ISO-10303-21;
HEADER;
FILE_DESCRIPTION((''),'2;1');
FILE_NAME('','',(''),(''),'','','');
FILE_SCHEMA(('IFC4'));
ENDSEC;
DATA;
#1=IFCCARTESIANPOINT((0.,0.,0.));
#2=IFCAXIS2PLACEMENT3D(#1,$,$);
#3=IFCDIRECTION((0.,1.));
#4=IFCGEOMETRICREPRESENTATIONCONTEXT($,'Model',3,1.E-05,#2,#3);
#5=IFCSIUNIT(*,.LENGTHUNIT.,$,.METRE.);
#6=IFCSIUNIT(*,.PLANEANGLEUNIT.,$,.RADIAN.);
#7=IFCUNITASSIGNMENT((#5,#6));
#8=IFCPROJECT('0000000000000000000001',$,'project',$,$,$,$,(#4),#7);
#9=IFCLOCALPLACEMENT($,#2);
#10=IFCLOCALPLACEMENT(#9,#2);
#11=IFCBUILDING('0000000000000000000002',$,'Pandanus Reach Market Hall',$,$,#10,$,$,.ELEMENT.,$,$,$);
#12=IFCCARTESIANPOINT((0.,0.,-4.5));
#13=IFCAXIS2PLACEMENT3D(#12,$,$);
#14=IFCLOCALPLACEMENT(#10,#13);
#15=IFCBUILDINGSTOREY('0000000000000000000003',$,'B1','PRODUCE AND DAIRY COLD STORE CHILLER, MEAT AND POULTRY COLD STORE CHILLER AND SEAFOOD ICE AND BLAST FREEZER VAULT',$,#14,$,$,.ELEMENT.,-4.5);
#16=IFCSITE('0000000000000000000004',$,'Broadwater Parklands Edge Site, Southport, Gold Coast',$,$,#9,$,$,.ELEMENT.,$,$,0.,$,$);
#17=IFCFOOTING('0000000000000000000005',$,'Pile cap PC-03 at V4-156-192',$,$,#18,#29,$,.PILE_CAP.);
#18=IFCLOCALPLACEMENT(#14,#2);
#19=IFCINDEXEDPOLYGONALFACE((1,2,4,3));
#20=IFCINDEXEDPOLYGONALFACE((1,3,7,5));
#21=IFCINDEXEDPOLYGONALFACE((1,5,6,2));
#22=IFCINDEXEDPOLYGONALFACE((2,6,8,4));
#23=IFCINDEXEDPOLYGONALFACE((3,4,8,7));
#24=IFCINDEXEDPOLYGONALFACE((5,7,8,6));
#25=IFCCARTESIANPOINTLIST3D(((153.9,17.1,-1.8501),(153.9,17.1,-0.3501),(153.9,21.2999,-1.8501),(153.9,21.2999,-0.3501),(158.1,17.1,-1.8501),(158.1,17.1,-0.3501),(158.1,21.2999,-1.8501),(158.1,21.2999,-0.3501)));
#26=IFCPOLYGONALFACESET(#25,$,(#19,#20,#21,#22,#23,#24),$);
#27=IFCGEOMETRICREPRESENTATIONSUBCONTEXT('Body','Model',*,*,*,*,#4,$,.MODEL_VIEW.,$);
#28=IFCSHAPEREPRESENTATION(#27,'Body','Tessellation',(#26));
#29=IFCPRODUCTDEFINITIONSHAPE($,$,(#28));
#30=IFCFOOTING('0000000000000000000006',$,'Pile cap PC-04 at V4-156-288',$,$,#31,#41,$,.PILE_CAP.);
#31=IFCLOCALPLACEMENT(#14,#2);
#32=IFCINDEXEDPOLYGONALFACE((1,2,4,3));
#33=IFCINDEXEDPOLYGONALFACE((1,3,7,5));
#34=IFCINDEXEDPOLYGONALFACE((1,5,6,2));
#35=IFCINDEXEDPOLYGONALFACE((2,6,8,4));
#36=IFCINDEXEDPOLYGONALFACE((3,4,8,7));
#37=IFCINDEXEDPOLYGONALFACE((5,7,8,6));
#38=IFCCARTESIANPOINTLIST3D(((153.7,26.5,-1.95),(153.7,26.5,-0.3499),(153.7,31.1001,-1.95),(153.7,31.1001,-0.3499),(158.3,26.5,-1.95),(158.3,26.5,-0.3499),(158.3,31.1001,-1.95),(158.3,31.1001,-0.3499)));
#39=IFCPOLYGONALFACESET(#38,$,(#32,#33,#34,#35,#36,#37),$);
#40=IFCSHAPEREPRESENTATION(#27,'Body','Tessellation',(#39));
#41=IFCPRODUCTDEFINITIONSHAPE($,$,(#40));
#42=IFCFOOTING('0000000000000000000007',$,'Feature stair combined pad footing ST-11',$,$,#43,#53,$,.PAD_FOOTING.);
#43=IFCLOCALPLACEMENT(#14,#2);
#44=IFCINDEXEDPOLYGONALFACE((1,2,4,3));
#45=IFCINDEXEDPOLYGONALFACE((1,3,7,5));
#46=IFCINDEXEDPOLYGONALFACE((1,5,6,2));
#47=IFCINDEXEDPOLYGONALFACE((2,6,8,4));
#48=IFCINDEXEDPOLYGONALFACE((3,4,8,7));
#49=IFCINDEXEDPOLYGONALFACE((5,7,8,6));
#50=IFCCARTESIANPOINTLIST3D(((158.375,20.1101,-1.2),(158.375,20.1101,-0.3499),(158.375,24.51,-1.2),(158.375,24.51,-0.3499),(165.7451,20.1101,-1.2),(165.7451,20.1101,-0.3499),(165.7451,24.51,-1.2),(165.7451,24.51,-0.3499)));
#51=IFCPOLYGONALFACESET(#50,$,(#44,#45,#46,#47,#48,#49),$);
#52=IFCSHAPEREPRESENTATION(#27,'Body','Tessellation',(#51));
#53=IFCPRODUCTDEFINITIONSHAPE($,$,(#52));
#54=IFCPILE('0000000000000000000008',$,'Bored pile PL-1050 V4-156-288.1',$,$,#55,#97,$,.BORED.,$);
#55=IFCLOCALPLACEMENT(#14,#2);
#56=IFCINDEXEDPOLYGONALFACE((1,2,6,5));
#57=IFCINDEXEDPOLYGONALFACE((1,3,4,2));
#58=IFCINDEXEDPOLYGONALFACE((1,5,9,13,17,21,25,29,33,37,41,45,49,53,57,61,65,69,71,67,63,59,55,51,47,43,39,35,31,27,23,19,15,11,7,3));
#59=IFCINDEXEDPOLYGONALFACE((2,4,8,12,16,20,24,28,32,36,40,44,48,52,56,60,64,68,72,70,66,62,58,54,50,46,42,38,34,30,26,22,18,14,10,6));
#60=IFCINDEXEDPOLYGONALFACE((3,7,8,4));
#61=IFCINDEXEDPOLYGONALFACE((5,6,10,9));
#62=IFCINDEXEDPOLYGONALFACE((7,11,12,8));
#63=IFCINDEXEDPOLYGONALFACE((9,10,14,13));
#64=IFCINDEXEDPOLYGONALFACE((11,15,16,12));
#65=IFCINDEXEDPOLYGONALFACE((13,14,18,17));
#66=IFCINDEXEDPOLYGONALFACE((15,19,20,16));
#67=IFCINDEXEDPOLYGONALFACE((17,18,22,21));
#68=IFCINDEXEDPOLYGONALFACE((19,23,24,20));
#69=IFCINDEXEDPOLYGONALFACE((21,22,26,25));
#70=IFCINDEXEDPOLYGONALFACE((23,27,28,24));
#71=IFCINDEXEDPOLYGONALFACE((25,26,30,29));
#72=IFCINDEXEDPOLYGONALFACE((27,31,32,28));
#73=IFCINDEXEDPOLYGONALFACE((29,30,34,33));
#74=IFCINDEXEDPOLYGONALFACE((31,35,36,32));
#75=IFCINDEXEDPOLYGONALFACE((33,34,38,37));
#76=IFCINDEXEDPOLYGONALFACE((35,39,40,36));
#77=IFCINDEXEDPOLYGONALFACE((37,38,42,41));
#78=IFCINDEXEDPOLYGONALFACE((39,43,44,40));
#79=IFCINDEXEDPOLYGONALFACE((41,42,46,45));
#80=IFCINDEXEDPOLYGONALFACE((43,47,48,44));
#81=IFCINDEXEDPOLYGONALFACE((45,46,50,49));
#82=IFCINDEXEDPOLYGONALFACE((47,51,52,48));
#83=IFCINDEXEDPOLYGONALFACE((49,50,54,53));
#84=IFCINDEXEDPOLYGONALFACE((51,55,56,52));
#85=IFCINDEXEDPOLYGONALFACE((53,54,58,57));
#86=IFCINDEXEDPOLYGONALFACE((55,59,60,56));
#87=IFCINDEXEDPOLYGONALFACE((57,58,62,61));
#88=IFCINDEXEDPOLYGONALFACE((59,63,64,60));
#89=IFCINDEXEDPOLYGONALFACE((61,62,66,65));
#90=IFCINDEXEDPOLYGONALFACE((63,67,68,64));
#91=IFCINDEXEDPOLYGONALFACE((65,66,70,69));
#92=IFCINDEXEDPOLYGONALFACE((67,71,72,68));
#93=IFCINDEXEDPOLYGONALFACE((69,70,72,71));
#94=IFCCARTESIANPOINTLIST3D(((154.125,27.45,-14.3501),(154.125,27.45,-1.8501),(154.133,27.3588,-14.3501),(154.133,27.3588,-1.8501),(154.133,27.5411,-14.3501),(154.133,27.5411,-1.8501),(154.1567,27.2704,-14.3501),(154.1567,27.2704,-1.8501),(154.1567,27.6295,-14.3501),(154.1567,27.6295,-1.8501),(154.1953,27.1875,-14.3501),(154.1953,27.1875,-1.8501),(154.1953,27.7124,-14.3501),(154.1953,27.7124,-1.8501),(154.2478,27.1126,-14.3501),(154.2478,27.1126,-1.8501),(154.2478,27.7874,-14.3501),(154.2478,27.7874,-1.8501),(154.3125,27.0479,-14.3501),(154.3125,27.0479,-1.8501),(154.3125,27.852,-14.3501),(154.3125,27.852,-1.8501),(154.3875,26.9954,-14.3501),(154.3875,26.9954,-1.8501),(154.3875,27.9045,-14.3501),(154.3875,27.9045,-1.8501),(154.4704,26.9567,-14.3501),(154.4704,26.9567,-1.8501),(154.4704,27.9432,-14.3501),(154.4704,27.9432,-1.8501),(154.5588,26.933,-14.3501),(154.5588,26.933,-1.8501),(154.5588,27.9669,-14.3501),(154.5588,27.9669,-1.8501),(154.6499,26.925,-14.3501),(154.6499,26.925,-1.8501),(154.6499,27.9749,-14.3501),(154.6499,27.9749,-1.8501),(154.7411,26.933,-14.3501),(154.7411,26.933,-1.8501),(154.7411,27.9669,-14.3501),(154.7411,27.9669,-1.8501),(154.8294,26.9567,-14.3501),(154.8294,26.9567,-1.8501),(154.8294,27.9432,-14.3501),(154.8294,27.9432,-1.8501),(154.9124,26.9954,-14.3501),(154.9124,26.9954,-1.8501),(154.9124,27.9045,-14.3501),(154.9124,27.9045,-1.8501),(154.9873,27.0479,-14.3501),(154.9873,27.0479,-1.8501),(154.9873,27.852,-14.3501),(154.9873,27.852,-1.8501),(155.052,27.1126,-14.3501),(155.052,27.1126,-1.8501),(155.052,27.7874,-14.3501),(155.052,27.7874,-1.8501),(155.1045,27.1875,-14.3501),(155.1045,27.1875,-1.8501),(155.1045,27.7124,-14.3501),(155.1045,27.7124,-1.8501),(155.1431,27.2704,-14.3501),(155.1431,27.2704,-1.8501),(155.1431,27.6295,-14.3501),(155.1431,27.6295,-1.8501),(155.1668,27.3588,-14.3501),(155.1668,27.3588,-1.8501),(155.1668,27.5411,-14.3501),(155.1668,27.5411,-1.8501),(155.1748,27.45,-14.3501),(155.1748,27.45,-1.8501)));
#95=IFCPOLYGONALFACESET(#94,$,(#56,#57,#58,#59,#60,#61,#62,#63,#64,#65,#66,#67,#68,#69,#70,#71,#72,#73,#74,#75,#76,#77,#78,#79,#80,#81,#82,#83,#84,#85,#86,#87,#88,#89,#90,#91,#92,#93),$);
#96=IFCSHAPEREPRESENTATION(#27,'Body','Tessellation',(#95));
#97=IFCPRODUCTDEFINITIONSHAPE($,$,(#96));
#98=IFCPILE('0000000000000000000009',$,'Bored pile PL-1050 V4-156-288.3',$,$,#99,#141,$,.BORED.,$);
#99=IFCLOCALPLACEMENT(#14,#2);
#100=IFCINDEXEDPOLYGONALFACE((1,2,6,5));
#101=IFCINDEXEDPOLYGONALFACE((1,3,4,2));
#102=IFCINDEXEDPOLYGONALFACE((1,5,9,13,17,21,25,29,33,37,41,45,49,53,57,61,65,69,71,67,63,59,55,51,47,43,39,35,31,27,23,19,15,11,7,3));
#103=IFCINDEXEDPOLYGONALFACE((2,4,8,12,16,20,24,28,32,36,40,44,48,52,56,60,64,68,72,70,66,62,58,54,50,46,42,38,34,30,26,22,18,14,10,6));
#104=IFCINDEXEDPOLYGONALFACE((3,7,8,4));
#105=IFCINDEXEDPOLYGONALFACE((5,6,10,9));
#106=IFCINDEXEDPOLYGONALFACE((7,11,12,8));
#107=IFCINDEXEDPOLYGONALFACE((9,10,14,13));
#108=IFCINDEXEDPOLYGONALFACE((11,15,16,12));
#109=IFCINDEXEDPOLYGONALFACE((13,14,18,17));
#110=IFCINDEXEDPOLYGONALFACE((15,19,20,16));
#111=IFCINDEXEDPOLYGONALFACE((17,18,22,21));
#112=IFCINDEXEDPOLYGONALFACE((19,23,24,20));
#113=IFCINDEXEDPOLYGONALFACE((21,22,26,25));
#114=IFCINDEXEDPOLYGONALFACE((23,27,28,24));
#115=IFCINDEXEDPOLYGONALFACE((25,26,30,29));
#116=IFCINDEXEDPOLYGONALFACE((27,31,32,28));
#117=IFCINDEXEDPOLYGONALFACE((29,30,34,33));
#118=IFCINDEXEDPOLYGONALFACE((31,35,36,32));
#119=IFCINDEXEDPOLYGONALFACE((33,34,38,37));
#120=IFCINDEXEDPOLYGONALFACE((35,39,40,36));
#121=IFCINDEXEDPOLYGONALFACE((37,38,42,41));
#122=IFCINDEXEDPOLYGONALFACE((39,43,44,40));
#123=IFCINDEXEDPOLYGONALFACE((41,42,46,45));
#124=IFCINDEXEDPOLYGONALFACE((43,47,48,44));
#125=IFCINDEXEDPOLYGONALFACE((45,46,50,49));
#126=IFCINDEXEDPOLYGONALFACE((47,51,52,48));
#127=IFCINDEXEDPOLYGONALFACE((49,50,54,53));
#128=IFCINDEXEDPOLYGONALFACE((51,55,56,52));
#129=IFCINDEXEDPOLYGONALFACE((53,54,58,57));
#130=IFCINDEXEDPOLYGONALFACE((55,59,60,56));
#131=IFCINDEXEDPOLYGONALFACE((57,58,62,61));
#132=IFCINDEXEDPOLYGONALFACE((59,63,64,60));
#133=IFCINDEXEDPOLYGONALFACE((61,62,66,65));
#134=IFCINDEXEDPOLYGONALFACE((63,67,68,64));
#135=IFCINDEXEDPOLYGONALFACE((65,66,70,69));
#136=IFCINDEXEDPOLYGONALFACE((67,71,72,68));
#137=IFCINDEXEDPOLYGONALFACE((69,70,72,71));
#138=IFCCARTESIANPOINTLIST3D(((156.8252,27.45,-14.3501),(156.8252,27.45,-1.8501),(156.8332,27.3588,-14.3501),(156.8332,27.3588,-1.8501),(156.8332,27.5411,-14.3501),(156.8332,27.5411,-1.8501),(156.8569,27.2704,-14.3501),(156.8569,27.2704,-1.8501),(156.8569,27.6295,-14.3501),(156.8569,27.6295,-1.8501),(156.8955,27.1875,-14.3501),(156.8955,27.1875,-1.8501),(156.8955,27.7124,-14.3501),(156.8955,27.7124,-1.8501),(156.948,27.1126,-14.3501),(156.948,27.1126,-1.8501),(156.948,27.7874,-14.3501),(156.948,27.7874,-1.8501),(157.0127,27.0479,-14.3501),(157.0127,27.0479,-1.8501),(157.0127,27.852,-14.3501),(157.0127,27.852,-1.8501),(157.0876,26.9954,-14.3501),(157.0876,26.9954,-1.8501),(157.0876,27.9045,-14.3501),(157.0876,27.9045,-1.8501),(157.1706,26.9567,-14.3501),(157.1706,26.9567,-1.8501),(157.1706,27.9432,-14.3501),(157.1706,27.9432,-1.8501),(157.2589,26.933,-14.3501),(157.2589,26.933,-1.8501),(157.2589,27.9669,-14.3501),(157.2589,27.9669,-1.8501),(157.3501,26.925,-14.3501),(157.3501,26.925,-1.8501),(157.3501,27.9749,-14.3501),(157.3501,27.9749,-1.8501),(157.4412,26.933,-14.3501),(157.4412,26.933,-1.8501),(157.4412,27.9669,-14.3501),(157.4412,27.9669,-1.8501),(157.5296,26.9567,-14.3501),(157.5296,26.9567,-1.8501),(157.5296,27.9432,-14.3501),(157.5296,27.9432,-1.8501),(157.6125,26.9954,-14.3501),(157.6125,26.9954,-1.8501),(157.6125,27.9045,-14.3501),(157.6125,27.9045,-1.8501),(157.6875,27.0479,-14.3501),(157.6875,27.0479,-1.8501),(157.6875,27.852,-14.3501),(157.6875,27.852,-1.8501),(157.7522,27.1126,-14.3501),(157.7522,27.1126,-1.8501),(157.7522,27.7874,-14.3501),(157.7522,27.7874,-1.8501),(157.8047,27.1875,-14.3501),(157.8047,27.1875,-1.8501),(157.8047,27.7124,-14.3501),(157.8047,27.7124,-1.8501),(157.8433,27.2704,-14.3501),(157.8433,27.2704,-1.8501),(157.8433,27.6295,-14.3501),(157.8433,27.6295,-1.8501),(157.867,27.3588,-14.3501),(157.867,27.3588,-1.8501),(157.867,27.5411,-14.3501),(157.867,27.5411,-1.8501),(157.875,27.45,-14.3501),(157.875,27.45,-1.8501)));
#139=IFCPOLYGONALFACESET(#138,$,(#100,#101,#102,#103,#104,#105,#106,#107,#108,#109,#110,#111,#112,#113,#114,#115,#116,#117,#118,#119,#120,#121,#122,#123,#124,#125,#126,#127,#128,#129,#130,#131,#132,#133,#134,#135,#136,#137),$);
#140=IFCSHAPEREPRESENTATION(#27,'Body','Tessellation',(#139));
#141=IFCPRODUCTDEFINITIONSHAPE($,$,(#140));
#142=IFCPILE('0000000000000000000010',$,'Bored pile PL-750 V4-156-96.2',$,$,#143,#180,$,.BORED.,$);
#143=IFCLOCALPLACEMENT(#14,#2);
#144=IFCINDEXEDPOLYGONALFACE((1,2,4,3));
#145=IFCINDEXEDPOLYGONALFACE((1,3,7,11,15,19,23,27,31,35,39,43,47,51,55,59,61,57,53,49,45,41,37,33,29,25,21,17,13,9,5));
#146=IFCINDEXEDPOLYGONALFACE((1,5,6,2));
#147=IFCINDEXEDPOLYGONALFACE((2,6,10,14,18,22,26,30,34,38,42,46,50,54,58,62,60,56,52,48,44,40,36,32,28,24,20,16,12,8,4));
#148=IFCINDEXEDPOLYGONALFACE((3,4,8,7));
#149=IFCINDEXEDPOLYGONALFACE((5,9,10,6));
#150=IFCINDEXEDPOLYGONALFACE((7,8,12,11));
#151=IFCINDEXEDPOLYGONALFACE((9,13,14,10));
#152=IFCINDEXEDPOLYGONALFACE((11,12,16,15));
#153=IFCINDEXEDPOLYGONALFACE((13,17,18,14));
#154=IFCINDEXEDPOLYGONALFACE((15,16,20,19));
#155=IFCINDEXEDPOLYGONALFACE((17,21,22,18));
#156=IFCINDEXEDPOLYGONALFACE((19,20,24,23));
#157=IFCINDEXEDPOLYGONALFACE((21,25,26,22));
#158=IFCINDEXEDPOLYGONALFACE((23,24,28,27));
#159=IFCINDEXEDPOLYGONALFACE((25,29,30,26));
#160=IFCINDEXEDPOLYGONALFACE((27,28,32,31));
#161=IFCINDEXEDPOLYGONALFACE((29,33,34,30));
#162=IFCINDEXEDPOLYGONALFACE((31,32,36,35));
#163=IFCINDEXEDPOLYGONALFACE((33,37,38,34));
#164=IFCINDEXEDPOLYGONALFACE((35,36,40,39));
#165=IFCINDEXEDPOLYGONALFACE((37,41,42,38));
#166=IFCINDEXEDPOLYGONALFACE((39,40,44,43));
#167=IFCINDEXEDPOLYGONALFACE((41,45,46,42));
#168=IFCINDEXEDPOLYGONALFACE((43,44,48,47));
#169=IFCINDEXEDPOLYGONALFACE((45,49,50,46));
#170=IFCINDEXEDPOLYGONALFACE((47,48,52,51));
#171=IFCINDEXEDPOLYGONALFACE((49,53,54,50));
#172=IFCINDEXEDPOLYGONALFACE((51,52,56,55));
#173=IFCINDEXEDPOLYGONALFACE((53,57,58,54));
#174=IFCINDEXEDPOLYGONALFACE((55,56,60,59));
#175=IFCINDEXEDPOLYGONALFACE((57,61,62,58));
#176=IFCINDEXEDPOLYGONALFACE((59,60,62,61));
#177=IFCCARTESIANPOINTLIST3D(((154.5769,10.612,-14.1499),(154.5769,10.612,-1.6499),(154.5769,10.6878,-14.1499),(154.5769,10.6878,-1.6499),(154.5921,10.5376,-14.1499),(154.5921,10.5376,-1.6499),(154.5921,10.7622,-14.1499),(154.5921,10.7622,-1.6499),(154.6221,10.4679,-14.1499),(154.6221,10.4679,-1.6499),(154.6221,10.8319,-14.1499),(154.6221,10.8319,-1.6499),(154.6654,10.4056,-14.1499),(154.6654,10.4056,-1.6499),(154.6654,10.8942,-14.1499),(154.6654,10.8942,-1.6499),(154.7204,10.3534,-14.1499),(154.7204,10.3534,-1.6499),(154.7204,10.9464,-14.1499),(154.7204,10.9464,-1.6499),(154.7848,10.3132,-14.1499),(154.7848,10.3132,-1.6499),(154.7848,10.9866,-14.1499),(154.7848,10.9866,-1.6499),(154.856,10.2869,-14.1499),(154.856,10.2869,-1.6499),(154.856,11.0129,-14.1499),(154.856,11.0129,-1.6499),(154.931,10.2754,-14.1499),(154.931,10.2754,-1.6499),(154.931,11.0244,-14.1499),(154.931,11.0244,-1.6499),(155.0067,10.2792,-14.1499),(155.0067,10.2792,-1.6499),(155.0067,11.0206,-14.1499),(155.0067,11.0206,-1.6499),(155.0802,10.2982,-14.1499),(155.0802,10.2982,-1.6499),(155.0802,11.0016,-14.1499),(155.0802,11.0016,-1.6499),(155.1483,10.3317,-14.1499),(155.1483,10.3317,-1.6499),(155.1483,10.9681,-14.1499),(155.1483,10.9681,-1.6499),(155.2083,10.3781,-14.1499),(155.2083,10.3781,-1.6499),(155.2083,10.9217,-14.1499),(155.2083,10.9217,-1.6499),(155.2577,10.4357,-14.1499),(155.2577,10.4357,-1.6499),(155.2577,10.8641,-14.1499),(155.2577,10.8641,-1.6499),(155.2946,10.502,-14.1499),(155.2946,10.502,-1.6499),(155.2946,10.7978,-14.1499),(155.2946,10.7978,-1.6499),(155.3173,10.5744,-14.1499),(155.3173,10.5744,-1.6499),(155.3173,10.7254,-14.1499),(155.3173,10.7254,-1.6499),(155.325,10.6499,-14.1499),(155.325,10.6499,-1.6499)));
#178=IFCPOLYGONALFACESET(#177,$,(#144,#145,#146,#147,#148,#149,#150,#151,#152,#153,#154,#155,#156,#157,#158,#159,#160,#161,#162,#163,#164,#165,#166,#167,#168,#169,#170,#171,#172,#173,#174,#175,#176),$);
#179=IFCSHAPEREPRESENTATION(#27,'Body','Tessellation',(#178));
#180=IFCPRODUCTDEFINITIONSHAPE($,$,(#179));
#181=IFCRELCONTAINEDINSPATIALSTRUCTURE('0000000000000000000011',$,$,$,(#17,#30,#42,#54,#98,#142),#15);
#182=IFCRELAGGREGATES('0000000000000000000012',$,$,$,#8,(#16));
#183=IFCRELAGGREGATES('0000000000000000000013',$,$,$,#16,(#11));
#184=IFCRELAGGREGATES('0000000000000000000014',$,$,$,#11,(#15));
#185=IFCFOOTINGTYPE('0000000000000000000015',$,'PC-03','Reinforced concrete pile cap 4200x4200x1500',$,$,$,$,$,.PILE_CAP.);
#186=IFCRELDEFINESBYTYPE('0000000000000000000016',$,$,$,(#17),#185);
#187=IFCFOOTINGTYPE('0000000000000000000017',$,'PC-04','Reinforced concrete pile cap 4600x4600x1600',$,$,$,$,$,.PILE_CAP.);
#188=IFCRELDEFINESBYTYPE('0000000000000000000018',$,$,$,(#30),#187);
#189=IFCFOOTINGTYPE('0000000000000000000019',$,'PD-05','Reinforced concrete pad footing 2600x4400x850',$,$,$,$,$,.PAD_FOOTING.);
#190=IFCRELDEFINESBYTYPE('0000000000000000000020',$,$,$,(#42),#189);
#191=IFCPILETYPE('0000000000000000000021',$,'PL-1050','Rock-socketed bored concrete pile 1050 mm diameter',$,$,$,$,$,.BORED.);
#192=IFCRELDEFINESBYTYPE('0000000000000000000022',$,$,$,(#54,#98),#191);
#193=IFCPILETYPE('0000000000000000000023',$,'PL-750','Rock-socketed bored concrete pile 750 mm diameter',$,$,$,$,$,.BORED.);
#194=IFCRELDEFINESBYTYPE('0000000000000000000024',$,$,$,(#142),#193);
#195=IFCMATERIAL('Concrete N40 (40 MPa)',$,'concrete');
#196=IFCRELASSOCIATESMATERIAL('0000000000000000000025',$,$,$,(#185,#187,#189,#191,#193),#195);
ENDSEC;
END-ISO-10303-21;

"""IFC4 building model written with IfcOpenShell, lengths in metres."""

from ifc_helpers import new_model, si_unit, direction, frame, origin, origin_2d, place, context, subcontext, project, spatial, rectangle, circle, extrude, material, material_profile, profile_set, type_object, element, save


model = new_model("IFC4")

# Units and contexts
model_context = context("Model", 3, precision=1e-05, world=origin(), true_north=direction((0.0, 1.0)))
body_context = subcontext(model_context, "Body", "Model", "MODEL_VIEW")
ifc_project = project(units=[si_unit("LENGTHUNIT", "METRE"), si_unit("PLANEANGLEUNIT", "RADIAN")], contexts=[model_context])

# Site, building, storey
site_placement = place(None, origin())
site = spatial("IfcSite", under=ifc_project, at=site_placement, Name="Broadwater Parklands Edge Site, Southport, Gold Coast", CompositionType="ELEMENT", RefElevation=0.0)
building_placement = place(site_placement, origin())
building = spatial("IfcBuilding", under=site, at=building_placement, Name="Pandanus Reach Market Hall", CompositionType="ELEMENT")
storey_placement = place(building_placement, frame((0.0, 0.0, -4.5)))
storey = spatial("IfcBuildingStorey", under=building, at=storey_placement, Name="B1", Description="PRODUCE AND DAIRY COLD STORE CHILLER, MEAT AND POULTRY COLD STORE CHILLER AND SEAFOOD ICE AND BLAST FREEZER VAULT", CompositionType="ELEMENT", Elevation=-4.5)

# Footings
ifc_material_1 = material(Name="Concrete N40 (40 MPa)", Category="concrete")
footing_type_1 = type_object("IfcFootingType", Name="PC-03", Description="Reinforced concrete pile cap 4200x4200x1500", PredefinedType="PILE_CAP", material=ifc_material_1)
footing_1_placement = place(storey_placement, frame((156.0, 19.2, -1.8501), z_axis=(0.0, 0.0, 1.0), x_axis=(1.0, 0.0, 0.0)))
element("IfcFooting", 1, at=footing_1_placement, inside=storey, type_object=footing_type_1, Name="Pile cap PC-03 at V4-156-192", PredefinedType="PILE_CAP", context=body_context, shape_type="SweptSolid", body=[
    extrude(rectangle(XDim=4.2, YDim=4.2, at=origin_2d()), origin(), (0.0, 0.0, 1.0), 1.5),
])
footing_type_2 = type_object("IfcFootingType", Name="PC-04", Description="Reinforced concrete pile cap 4600x4600x1600", PredefinedType="PILE_CAP", material=ifc_material_1)
footing_2_placement = place(storey_placement, frame((156.0, 28.8, -1.95), z_axis=(0.0, 0.0, 1.0), x_axis=(1.0, 0.0, 0.0)))
element("IfcFooting", 2, at=footing_2_placement, inside=storey, type_object=footing_type_2, Name="Pile cap PC-04 at V4-156-288", PredefinedType="PILE_CAP", context=body_context, shape_type="SweptSolid", body=[
    extrude(rectangle(XDim=4.6001, YDim=4.6001, at=origin_2d()), origin(), (0.0, 0.0, 1.0), 1.6001),
])
footing_type_3 = type_object("IfcFootingType", Name="PD-05", Description="Reinforced concrete pad footing 2600x4400x850", PredefinedType="PAD_FOOTING", material=ifc_material_1)
footing_3_placement = place(storey_placement, frame((162.0601, 22.3101, -1.2), z_axis=(0.0, 0.0, 1.0), x_axis=(1.0, 0.0, 0.0)))
element("IfcFooting", 3, at=footing_3_placement, inside=storey, type_object=footing_type_3, Name="Feature stair combined pad footing ST-11", PredefinedType="PAD_FOOTING", context=body_context, shape_type="SweptSolid", body=[
    extrude(rectangle(XDim=7.3701, YDim=4.3999, at=origin_2d()), origin(), (0.0, 0.0, 1.0), 0.8501),
])

# Piles
ifc_material_profile_1 = material_profile(ifc_material_1, circle(Radius=0.5249, at=origin_2d()), Name="PILE-1050D", Category="LoadBearing")
ifc_profile_set_1 = profile_set([ifc_material_profile_1], Name="Concrete N40 (40 MPa)")
pile_type_1 = type_object("IfcPileType", Name="PL-1050", Description="Rock-socketed bored concrete pile 1050 mm diameter", PredefinedType="BORED", material=ifc_profile_set_1)
for number, where, z_axis, x_axis, name in (
    (4, (154.6499, 27.45, -1.8501), (0.0, 0.0, -1.0), (1.0, 0.0, 0.0), "Bored pile PL-1050 V4-156-288.1"),
    (5, (157.3501, 27.45, -1.8501), (0.0, 0.0, -1.0), (1.0, 0.0, 0.0), "Bored pile PL-1050 V4-156-288.3"),
):
    element("IfcPile", number, at=place(storey_placement, frame(where, z_axis=z_axis, x_axis=x_axis)), inside=storey, type_object=pile_type_1, Name=name, PredefinedType="BORED", context=body_context, shape_type="SweptSolid", body=[
        extrude(circle(Radius=0.5249, at=origin_2d()), origin(), (0.0, 0.0, 1.0), 12.5),
    ])
ifc_material_profile_2 = material_profile(ifc_material_1, circle(Radius=0.375, at=origin_2d()), Name="PILE-750D", Category="LoadBearing")
ifc_profile_set_2 = profile_set([ifc_material_profile_2], Name="Concrete N40 (40 MPa)")
pile_type_2 = type_object("IfcPileType", Name="PL-750", Description="Rock-socketed bored concrete pile 750 mm diameter", PredefinedType="BORED", material=ifc_profile_set_2)
for number, where, z_axis, x_axis, name in (
    (6, (154.95, 10.6499, -1.6499), (0.0, 0.0, -1.0), (1.0, 0.0, 0.0), "Bored pile PL-750 V4-156-96.2"),
):
    element("IfcPile", number, at=place(storey_placement, frame(where, z_axis=z_axis, x_axis=x_axis)), inside=storey, type_object=pile_type_2, Name=name, PredefinedType="BORED", context=body_context, shape_type="SweptSolid", body=[
        extrude(circle(Radius=0.375, at=origin_2d()), origin(), (0.0, 0.0, 1.0), 12.5),
    ])

save(model, "model.ifc")
